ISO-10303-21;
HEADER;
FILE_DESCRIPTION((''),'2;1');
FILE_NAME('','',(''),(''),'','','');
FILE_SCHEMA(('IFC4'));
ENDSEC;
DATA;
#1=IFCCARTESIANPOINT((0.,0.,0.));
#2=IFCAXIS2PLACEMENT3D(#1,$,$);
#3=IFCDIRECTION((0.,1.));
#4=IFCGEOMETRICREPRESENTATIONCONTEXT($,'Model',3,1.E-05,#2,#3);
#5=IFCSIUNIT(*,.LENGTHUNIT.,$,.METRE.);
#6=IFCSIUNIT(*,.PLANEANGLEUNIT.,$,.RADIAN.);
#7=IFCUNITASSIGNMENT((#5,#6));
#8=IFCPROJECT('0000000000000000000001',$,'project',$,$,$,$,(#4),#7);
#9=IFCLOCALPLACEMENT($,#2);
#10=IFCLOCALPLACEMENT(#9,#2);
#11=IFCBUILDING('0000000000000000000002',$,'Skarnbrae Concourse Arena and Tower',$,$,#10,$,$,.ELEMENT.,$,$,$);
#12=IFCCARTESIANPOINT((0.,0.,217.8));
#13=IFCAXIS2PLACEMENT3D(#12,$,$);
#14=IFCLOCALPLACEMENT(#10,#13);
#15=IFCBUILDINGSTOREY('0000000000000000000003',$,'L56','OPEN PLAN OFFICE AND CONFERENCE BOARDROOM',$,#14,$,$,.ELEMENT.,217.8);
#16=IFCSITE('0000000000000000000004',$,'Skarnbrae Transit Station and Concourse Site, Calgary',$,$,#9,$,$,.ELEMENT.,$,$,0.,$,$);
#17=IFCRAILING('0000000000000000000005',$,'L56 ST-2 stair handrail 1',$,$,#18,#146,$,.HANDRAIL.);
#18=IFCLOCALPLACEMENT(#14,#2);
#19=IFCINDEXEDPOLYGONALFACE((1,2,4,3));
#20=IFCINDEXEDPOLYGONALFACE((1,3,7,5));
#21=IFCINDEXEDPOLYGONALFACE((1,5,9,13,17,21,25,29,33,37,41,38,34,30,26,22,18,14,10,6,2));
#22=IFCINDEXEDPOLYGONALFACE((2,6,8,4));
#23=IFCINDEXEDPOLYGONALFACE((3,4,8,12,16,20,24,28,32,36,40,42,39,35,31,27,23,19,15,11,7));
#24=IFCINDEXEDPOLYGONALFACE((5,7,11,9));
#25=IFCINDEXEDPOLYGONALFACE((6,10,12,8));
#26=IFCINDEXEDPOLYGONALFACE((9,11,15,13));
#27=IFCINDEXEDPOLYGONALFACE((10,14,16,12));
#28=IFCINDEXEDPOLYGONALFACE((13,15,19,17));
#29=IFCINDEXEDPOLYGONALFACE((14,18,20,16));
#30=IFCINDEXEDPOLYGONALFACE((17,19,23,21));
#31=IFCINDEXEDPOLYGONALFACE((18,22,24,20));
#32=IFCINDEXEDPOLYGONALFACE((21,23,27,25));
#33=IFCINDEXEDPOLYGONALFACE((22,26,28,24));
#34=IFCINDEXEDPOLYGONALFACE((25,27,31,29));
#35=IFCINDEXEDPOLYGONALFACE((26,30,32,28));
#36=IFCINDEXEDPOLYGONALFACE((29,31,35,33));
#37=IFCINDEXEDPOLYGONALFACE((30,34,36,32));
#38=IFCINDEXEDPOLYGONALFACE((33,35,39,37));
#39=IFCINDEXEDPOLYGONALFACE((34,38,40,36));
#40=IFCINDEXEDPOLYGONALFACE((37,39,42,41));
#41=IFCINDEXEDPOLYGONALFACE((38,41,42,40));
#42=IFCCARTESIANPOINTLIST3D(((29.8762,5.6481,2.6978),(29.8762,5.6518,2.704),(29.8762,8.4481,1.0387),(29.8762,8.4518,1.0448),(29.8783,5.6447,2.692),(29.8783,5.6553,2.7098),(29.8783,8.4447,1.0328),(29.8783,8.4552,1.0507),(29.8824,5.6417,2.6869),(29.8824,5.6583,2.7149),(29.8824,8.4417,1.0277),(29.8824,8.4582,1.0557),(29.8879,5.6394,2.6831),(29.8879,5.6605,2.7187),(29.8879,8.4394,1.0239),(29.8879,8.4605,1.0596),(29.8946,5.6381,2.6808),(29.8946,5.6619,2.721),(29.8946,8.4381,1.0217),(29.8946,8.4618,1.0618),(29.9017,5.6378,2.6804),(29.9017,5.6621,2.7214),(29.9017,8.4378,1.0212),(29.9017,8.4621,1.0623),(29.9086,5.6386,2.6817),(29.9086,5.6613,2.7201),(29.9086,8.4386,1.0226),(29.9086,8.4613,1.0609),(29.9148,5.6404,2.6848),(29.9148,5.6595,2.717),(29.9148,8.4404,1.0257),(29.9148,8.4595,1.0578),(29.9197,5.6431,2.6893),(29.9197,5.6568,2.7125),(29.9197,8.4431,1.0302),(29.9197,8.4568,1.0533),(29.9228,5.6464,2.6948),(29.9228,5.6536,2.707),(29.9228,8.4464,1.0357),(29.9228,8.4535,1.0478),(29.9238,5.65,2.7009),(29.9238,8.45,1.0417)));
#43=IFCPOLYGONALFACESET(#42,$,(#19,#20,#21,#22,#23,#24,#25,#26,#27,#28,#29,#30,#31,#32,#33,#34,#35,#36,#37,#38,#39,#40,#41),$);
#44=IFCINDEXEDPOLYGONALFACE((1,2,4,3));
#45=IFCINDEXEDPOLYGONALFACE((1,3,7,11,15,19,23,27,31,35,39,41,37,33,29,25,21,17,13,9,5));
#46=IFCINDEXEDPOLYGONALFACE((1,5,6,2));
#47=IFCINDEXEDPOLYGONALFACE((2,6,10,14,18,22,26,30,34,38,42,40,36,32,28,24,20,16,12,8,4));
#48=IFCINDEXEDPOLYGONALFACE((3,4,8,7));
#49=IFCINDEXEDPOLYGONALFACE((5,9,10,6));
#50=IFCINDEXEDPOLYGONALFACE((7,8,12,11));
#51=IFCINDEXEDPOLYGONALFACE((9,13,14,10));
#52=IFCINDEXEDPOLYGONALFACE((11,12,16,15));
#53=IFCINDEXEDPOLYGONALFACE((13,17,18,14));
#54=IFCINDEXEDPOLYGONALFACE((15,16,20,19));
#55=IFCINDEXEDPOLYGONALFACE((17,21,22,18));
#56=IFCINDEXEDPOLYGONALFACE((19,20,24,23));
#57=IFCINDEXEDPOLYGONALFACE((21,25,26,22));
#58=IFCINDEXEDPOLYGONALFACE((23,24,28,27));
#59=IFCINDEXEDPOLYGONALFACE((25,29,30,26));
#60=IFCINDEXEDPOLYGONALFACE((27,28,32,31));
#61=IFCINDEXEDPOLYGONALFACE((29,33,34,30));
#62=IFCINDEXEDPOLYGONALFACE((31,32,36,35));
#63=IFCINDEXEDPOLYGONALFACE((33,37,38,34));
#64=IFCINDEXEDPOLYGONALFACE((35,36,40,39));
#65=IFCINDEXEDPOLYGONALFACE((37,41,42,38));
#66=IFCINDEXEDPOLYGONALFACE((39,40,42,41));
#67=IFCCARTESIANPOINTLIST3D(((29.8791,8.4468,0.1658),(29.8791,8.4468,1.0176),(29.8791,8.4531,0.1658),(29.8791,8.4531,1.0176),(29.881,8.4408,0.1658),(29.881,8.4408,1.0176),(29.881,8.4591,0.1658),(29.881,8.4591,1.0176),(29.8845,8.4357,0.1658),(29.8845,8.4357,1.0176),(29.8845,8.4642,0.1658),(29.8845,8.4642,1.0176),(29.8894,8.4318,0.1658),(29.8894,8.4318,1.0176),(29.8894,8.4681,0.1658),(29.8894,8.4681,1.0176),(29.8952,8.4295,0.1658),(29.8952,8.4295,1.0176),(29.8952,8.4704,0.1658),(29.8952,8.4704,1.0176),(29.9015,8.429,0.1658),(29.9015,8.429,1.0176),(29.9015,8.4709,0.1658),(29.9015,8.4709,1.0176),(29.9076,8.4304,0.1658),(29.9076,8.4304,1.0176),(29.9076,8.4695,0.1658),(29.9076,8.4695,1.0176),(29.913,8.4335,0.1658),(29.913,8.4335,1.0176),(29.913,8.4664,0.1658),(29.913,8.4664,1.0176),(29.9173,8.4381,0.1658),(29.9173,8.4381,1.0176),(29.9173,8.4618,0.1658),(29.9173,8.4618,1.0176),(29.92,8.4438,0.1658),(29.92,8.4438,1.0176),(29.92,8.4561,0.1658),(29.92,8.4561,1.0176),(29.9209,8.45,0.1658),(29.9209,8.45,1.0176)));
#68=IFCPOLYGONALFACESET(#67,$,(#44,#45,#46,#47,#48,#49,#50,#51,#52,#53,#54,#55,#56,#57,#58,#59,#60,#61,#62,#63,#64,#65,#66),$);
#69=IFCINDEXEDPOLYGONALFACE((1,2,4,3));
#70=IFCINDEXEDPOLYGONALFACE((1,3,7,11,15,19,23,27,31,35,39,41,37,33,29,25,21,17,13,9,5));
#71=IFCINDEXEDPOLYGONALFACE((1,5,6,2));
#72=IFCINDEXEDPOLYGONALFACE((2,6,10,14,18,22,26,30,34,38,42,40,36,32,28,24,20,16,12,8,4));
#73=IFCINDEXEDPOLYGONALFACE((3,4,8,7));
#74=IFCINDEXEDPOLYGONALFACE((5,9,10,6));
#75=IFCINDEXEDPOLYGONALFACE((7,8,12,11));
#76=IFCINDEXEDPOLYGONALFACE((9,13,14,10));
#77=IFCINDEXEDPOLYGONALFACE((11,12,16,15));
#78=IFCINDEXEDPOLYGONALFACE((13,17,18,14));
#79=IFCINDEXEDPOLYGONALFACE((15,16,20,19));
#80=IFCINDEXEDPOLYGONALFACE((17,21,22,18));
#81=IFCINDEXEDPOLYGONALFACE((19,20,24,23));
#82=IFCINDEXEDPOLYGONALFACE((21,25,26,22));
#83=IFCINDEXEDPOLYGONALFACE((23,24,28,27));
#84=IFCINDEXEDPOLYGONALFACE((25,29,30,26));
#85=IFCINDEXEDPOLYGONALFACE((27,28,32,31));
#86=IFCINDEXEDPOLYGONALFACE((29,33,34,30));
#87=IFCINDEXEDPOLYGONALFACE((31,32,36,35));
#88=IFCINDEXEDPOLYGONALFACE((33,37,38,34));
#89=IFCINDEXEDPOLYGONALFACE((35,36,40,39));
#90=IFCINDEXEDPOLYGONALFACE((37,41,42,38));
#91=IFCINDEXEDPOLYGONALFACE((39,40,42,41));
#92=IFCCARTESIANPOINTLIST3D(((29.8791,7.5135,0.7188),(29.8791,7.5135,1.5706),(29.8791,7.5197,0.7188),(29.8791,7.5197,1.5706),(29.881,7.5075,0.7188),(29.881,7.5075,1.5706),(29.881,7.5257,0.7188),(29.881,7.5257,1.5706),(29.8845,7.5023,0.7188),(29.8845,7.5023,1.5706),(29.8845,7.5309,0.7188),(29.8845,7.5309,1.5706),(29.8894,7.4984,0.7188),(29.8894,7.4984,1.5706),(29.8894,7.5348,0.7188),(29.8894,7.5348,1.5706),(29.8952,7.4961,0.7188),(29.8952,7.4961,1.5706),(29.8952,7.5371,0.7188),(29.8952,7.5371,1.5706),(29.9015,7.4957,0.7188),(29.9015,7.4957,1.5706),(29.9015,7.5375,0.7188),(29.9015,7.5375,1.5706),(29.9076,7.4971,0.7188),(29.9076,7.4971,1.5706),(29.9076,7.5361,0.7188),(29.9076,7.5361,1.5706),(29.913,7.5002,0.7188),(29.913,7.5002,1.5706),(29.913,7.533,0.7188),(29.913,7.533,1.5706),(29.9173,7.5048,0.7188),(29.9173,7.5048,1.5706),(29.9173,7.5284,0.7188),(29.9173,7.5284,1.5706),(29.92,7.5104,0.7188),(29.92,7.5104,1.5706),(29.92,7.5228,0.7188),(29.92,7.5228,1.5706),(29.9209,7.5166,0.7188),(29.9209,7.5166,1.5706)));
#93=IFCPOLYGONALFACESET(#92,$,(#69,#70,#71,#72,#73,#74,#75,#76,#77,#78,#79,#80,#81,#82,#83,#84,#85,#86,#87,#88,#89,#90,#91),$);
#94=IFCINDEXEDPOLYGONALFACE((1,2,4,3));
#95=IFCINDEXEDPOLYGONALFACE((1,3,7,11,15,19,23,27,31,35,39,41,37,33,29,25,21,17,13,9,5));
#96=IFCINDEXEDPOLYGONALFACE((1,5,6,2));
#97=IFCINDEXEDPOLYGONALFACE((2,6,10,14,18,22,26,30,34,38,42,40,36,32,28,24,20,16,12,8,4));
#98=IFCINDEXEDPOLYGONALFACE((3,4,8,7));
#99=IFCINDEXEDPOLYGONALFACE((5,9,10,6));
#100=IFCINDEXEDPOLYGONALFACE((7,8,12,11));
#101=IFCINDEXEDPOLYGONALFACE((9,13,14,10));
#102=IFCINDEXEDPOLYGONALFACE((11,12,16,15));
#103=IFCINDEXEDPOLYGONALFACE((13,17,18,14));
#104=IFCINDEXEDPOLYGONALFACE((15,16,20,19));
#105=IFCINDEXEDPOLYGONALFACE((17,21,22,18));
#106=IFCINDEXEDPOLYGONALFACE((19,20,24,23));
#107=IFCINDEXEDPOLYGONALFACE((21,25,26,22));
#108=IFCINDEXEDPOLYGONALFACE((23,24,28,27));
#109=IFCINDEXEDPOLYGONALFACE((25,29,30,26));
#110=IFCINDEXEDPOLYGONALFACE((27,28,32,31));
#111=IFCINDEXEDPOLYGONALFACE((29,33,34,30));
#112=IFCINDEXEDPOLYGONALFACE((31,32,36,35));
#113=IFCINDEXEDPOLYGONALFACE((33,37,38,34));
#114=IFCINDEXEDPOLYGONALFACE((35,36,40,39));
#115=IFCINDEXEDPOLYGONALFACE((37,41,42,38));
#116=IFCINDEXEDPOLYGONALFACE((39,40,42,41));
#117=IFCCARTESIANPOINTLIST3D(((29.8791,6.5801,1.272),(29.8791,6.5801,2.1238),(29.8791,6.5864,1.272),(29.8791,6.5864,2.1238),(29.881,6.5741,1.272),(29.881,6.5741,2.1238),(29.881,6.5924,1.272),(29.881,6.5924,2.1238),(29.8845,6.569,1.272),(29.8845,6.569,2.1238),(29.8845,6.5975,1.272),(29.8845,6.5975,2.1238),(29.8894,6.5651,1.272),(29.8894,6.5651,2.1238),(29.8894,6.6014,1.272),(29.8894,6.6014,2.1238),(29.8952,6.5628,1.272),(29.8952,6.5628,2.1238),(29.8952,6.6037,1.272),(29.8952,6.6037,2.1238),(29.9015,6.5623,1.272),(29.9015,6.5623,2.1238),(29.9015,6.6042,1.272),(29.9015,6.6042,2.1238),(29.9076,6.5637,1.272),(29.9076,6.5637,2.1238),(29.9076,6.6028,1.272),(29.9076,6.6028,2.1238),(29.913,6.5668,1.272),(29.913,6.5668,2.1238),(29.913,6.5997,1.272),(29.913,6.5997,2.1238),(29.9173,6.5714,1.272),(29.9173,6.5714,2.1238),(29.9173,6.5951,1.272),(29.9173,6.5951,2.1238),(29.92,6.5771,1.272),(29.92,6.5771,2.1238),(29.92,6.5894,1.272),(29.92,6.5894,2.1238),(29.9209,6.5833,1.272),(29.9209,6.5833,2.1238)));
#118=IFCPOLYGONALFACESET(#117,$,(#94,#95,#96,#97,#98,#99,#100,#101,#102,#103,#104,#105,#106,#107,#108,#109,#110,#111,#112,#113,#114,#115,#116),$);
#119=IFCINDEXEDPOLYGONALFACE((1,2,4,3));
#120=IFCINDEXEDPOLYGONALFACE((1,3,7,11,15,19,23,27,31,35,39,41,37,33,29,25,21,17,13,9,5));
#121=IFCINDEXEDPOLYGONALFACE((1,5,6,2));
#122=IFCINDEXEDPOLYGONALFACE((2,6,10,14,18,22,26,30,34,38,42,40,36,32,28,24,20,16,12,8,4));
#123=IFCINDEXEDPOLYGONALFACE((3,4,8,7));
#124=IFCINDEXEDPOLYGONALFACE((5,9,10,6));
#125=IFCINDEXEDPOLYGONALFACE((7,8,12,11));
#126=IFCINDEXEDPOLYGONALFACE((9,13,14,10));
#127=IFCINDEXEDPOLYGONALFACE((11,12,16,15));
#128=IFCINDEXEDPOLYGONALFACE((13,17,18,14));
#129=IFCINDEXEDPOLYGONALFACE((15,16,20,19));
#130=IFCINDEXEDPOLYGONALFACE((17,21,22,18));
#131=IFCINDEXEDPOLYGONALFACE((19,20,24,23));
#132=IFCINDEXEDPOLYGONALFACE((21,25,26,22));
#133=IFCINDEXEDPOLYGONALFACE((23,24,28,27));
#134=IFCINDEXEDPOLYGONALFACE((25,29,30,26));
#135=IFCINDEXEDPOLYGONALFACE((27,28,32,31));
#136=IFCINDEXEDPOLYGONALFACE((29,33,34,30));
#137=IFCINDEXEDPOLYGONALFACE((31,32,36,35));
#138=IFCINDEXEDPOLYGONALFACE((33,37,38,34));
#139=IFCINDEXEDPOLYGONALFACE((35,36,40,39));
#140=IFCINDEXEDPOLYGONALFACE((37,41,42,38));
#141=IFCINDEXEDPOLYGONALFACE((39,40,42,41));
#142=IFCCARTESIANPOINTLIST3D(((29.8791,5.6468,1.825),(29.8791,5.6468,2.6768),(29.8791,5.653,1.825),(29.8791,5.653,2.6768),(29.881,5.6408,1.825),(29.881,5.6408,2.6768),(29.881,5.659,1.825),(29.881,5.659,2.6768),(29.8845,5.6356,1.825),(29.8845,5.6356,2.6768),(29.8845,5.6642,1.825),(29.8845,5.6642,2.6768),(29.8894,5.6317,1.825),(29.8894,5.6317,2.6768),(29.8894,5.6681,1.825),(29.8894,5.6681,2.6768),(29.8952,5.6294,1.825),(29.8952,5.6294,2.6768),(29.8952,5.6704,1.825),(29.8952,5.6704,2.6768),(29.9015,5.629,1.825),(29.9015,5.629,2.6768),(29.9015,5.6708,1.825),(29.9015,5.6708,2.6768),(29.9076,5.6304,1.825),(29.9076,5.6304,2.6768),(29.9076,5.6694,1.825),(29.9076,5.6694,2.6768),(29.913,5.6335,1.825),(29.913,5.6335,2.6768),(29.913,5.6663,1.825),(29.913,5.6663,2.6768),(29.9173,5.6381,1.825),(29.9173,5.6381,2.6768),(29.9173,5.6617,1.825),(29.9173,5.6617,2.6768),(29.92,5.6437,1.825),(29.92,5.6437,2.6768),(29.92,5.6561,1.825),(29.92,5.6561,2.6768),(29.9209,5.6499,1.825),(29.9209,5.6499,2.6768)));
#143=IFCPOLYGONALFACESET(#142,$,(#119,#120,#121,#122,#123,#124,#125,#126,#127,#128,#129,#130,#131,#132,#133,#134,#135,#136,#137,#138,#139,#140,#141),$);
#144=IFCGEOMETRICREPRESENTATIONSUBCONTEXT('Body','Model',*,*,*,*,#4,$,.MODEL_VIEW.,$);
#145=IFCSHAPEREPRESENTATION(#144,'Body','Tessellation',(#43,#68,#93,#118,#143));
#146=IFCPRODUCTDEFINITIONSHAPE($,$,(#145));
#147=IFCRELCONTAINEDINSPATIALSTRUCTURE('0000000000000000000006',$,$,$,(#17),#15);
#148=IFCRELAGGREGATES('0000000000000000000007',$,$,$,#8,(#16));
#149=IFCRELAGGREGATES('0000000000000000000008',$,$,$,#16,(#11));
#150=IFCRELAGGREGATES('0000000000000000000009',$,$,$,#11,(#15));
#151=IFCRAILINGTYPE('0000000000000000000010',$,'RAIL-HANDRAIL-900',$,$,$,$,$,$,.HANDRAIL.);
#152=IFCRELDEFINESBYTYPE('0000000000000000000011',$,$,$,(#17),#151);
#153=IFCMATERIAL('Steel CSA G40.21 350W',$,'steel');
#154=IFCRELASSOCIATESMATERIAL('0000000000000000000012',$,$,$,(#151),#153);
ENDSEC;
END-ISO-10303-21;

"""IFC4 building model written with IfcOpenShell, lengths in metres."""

from ifc_helpers import new_model, si_unit, direction, frame, origin, origin_2d, place, context, subcontext, project, spatial, circle, extrude, material, type_object, element, save


model = new_model("IFC4")

# Units and contexts
model_context = context("Model", 3, precision=1e-05, world=origin(), true_north=direction((0.0, 1.0)))
body_context = subcontext(model_context, "Body", "Model", "MODEL_VIEW")
ifc_project = project(units=[si_unit("LENGTHUNIT", "METRE"), si_unit("PLANEANGLEUNIT", "RADIAN")], contexts=[model_context])

# Site, building, storey
site_placement = place(None, origin())
site = spatial("IfcSite", under=ifc_project, at=site_placement, Name="Skarnbrae Transit Station and Concourse Site, Calgary", CompositionType="ELEMENT", RefElevation=0.0)
building_placement = place(site_placement, origin())
building = spatial("IfcBuilding", under=site, at=building_placement, Name="Skarnbrae Concourse Arena and Tower", CompositionType="ELEMENT")
storey_placement = place(building_placement, frame((0.0, 0.0, 217.8)))
storey = spatial("IfcBuildingStorey", under=building, at=storey_placement, Name="L56", Description="OPEN PLAN OFFICE AND CONFERENCE BOARDROOM", CompositionType="ELEMENT", Elevation=217.8)

# Shared definitions
ifc_material_1 = material(Name="Steel CSA G40.21 350W", Category="steel")

# Railing
railing_type_1 = type_object("IfcRailingType", Name="RAIL-HANDRAIL-900", PredefinedType="HANDRAIL", material=ifc_material_1)
railing_1_placement = place(storey_placement, frame((29.8999, 8.45, 0.1658)))
element("IfcRailing", 1, at=railing_1_placement, inside=storey, type_object=railing_type_1, Name="L56 ST-2 stair handrail 1", PredefinedType="HANDRAIL", context=body_context, shape_type="SweptSolid", body=[
    extrude(circle(Radius=0.0239, at=origin_2d()), frame((0.0, 0.0, 0.876), z_axis=(0.0, -0.860306, 0.509778), x_axis=(1.0, 0.0, 0.0)), (0.0, 0.0, 1.0), 3.2546),
    extrude(circle(Radius=0.021, at=origin_2d()), origin(), (0.0, 0.0, 1.0), 0.8518),
    extrude(circle(Radius=0.021, at=origin_2d()), frame((0.0, -0.9333, 0.553)), (0.0, 0.0, 1.0), 0.8518),
    extrude(circle(Radius=0.021, at=origin_2d()), frame((0.0, -1.8667, 1.1062)), (0.0, 0.0, 1.0), 0.8518),
    extrude(circle(Radius=0.021, at=origin_2d()), frame((0.0, -2.8, 1.6592)), (0.0, 0.0, 1.0), 0.8518),
])

save(model, "model.ifc")
